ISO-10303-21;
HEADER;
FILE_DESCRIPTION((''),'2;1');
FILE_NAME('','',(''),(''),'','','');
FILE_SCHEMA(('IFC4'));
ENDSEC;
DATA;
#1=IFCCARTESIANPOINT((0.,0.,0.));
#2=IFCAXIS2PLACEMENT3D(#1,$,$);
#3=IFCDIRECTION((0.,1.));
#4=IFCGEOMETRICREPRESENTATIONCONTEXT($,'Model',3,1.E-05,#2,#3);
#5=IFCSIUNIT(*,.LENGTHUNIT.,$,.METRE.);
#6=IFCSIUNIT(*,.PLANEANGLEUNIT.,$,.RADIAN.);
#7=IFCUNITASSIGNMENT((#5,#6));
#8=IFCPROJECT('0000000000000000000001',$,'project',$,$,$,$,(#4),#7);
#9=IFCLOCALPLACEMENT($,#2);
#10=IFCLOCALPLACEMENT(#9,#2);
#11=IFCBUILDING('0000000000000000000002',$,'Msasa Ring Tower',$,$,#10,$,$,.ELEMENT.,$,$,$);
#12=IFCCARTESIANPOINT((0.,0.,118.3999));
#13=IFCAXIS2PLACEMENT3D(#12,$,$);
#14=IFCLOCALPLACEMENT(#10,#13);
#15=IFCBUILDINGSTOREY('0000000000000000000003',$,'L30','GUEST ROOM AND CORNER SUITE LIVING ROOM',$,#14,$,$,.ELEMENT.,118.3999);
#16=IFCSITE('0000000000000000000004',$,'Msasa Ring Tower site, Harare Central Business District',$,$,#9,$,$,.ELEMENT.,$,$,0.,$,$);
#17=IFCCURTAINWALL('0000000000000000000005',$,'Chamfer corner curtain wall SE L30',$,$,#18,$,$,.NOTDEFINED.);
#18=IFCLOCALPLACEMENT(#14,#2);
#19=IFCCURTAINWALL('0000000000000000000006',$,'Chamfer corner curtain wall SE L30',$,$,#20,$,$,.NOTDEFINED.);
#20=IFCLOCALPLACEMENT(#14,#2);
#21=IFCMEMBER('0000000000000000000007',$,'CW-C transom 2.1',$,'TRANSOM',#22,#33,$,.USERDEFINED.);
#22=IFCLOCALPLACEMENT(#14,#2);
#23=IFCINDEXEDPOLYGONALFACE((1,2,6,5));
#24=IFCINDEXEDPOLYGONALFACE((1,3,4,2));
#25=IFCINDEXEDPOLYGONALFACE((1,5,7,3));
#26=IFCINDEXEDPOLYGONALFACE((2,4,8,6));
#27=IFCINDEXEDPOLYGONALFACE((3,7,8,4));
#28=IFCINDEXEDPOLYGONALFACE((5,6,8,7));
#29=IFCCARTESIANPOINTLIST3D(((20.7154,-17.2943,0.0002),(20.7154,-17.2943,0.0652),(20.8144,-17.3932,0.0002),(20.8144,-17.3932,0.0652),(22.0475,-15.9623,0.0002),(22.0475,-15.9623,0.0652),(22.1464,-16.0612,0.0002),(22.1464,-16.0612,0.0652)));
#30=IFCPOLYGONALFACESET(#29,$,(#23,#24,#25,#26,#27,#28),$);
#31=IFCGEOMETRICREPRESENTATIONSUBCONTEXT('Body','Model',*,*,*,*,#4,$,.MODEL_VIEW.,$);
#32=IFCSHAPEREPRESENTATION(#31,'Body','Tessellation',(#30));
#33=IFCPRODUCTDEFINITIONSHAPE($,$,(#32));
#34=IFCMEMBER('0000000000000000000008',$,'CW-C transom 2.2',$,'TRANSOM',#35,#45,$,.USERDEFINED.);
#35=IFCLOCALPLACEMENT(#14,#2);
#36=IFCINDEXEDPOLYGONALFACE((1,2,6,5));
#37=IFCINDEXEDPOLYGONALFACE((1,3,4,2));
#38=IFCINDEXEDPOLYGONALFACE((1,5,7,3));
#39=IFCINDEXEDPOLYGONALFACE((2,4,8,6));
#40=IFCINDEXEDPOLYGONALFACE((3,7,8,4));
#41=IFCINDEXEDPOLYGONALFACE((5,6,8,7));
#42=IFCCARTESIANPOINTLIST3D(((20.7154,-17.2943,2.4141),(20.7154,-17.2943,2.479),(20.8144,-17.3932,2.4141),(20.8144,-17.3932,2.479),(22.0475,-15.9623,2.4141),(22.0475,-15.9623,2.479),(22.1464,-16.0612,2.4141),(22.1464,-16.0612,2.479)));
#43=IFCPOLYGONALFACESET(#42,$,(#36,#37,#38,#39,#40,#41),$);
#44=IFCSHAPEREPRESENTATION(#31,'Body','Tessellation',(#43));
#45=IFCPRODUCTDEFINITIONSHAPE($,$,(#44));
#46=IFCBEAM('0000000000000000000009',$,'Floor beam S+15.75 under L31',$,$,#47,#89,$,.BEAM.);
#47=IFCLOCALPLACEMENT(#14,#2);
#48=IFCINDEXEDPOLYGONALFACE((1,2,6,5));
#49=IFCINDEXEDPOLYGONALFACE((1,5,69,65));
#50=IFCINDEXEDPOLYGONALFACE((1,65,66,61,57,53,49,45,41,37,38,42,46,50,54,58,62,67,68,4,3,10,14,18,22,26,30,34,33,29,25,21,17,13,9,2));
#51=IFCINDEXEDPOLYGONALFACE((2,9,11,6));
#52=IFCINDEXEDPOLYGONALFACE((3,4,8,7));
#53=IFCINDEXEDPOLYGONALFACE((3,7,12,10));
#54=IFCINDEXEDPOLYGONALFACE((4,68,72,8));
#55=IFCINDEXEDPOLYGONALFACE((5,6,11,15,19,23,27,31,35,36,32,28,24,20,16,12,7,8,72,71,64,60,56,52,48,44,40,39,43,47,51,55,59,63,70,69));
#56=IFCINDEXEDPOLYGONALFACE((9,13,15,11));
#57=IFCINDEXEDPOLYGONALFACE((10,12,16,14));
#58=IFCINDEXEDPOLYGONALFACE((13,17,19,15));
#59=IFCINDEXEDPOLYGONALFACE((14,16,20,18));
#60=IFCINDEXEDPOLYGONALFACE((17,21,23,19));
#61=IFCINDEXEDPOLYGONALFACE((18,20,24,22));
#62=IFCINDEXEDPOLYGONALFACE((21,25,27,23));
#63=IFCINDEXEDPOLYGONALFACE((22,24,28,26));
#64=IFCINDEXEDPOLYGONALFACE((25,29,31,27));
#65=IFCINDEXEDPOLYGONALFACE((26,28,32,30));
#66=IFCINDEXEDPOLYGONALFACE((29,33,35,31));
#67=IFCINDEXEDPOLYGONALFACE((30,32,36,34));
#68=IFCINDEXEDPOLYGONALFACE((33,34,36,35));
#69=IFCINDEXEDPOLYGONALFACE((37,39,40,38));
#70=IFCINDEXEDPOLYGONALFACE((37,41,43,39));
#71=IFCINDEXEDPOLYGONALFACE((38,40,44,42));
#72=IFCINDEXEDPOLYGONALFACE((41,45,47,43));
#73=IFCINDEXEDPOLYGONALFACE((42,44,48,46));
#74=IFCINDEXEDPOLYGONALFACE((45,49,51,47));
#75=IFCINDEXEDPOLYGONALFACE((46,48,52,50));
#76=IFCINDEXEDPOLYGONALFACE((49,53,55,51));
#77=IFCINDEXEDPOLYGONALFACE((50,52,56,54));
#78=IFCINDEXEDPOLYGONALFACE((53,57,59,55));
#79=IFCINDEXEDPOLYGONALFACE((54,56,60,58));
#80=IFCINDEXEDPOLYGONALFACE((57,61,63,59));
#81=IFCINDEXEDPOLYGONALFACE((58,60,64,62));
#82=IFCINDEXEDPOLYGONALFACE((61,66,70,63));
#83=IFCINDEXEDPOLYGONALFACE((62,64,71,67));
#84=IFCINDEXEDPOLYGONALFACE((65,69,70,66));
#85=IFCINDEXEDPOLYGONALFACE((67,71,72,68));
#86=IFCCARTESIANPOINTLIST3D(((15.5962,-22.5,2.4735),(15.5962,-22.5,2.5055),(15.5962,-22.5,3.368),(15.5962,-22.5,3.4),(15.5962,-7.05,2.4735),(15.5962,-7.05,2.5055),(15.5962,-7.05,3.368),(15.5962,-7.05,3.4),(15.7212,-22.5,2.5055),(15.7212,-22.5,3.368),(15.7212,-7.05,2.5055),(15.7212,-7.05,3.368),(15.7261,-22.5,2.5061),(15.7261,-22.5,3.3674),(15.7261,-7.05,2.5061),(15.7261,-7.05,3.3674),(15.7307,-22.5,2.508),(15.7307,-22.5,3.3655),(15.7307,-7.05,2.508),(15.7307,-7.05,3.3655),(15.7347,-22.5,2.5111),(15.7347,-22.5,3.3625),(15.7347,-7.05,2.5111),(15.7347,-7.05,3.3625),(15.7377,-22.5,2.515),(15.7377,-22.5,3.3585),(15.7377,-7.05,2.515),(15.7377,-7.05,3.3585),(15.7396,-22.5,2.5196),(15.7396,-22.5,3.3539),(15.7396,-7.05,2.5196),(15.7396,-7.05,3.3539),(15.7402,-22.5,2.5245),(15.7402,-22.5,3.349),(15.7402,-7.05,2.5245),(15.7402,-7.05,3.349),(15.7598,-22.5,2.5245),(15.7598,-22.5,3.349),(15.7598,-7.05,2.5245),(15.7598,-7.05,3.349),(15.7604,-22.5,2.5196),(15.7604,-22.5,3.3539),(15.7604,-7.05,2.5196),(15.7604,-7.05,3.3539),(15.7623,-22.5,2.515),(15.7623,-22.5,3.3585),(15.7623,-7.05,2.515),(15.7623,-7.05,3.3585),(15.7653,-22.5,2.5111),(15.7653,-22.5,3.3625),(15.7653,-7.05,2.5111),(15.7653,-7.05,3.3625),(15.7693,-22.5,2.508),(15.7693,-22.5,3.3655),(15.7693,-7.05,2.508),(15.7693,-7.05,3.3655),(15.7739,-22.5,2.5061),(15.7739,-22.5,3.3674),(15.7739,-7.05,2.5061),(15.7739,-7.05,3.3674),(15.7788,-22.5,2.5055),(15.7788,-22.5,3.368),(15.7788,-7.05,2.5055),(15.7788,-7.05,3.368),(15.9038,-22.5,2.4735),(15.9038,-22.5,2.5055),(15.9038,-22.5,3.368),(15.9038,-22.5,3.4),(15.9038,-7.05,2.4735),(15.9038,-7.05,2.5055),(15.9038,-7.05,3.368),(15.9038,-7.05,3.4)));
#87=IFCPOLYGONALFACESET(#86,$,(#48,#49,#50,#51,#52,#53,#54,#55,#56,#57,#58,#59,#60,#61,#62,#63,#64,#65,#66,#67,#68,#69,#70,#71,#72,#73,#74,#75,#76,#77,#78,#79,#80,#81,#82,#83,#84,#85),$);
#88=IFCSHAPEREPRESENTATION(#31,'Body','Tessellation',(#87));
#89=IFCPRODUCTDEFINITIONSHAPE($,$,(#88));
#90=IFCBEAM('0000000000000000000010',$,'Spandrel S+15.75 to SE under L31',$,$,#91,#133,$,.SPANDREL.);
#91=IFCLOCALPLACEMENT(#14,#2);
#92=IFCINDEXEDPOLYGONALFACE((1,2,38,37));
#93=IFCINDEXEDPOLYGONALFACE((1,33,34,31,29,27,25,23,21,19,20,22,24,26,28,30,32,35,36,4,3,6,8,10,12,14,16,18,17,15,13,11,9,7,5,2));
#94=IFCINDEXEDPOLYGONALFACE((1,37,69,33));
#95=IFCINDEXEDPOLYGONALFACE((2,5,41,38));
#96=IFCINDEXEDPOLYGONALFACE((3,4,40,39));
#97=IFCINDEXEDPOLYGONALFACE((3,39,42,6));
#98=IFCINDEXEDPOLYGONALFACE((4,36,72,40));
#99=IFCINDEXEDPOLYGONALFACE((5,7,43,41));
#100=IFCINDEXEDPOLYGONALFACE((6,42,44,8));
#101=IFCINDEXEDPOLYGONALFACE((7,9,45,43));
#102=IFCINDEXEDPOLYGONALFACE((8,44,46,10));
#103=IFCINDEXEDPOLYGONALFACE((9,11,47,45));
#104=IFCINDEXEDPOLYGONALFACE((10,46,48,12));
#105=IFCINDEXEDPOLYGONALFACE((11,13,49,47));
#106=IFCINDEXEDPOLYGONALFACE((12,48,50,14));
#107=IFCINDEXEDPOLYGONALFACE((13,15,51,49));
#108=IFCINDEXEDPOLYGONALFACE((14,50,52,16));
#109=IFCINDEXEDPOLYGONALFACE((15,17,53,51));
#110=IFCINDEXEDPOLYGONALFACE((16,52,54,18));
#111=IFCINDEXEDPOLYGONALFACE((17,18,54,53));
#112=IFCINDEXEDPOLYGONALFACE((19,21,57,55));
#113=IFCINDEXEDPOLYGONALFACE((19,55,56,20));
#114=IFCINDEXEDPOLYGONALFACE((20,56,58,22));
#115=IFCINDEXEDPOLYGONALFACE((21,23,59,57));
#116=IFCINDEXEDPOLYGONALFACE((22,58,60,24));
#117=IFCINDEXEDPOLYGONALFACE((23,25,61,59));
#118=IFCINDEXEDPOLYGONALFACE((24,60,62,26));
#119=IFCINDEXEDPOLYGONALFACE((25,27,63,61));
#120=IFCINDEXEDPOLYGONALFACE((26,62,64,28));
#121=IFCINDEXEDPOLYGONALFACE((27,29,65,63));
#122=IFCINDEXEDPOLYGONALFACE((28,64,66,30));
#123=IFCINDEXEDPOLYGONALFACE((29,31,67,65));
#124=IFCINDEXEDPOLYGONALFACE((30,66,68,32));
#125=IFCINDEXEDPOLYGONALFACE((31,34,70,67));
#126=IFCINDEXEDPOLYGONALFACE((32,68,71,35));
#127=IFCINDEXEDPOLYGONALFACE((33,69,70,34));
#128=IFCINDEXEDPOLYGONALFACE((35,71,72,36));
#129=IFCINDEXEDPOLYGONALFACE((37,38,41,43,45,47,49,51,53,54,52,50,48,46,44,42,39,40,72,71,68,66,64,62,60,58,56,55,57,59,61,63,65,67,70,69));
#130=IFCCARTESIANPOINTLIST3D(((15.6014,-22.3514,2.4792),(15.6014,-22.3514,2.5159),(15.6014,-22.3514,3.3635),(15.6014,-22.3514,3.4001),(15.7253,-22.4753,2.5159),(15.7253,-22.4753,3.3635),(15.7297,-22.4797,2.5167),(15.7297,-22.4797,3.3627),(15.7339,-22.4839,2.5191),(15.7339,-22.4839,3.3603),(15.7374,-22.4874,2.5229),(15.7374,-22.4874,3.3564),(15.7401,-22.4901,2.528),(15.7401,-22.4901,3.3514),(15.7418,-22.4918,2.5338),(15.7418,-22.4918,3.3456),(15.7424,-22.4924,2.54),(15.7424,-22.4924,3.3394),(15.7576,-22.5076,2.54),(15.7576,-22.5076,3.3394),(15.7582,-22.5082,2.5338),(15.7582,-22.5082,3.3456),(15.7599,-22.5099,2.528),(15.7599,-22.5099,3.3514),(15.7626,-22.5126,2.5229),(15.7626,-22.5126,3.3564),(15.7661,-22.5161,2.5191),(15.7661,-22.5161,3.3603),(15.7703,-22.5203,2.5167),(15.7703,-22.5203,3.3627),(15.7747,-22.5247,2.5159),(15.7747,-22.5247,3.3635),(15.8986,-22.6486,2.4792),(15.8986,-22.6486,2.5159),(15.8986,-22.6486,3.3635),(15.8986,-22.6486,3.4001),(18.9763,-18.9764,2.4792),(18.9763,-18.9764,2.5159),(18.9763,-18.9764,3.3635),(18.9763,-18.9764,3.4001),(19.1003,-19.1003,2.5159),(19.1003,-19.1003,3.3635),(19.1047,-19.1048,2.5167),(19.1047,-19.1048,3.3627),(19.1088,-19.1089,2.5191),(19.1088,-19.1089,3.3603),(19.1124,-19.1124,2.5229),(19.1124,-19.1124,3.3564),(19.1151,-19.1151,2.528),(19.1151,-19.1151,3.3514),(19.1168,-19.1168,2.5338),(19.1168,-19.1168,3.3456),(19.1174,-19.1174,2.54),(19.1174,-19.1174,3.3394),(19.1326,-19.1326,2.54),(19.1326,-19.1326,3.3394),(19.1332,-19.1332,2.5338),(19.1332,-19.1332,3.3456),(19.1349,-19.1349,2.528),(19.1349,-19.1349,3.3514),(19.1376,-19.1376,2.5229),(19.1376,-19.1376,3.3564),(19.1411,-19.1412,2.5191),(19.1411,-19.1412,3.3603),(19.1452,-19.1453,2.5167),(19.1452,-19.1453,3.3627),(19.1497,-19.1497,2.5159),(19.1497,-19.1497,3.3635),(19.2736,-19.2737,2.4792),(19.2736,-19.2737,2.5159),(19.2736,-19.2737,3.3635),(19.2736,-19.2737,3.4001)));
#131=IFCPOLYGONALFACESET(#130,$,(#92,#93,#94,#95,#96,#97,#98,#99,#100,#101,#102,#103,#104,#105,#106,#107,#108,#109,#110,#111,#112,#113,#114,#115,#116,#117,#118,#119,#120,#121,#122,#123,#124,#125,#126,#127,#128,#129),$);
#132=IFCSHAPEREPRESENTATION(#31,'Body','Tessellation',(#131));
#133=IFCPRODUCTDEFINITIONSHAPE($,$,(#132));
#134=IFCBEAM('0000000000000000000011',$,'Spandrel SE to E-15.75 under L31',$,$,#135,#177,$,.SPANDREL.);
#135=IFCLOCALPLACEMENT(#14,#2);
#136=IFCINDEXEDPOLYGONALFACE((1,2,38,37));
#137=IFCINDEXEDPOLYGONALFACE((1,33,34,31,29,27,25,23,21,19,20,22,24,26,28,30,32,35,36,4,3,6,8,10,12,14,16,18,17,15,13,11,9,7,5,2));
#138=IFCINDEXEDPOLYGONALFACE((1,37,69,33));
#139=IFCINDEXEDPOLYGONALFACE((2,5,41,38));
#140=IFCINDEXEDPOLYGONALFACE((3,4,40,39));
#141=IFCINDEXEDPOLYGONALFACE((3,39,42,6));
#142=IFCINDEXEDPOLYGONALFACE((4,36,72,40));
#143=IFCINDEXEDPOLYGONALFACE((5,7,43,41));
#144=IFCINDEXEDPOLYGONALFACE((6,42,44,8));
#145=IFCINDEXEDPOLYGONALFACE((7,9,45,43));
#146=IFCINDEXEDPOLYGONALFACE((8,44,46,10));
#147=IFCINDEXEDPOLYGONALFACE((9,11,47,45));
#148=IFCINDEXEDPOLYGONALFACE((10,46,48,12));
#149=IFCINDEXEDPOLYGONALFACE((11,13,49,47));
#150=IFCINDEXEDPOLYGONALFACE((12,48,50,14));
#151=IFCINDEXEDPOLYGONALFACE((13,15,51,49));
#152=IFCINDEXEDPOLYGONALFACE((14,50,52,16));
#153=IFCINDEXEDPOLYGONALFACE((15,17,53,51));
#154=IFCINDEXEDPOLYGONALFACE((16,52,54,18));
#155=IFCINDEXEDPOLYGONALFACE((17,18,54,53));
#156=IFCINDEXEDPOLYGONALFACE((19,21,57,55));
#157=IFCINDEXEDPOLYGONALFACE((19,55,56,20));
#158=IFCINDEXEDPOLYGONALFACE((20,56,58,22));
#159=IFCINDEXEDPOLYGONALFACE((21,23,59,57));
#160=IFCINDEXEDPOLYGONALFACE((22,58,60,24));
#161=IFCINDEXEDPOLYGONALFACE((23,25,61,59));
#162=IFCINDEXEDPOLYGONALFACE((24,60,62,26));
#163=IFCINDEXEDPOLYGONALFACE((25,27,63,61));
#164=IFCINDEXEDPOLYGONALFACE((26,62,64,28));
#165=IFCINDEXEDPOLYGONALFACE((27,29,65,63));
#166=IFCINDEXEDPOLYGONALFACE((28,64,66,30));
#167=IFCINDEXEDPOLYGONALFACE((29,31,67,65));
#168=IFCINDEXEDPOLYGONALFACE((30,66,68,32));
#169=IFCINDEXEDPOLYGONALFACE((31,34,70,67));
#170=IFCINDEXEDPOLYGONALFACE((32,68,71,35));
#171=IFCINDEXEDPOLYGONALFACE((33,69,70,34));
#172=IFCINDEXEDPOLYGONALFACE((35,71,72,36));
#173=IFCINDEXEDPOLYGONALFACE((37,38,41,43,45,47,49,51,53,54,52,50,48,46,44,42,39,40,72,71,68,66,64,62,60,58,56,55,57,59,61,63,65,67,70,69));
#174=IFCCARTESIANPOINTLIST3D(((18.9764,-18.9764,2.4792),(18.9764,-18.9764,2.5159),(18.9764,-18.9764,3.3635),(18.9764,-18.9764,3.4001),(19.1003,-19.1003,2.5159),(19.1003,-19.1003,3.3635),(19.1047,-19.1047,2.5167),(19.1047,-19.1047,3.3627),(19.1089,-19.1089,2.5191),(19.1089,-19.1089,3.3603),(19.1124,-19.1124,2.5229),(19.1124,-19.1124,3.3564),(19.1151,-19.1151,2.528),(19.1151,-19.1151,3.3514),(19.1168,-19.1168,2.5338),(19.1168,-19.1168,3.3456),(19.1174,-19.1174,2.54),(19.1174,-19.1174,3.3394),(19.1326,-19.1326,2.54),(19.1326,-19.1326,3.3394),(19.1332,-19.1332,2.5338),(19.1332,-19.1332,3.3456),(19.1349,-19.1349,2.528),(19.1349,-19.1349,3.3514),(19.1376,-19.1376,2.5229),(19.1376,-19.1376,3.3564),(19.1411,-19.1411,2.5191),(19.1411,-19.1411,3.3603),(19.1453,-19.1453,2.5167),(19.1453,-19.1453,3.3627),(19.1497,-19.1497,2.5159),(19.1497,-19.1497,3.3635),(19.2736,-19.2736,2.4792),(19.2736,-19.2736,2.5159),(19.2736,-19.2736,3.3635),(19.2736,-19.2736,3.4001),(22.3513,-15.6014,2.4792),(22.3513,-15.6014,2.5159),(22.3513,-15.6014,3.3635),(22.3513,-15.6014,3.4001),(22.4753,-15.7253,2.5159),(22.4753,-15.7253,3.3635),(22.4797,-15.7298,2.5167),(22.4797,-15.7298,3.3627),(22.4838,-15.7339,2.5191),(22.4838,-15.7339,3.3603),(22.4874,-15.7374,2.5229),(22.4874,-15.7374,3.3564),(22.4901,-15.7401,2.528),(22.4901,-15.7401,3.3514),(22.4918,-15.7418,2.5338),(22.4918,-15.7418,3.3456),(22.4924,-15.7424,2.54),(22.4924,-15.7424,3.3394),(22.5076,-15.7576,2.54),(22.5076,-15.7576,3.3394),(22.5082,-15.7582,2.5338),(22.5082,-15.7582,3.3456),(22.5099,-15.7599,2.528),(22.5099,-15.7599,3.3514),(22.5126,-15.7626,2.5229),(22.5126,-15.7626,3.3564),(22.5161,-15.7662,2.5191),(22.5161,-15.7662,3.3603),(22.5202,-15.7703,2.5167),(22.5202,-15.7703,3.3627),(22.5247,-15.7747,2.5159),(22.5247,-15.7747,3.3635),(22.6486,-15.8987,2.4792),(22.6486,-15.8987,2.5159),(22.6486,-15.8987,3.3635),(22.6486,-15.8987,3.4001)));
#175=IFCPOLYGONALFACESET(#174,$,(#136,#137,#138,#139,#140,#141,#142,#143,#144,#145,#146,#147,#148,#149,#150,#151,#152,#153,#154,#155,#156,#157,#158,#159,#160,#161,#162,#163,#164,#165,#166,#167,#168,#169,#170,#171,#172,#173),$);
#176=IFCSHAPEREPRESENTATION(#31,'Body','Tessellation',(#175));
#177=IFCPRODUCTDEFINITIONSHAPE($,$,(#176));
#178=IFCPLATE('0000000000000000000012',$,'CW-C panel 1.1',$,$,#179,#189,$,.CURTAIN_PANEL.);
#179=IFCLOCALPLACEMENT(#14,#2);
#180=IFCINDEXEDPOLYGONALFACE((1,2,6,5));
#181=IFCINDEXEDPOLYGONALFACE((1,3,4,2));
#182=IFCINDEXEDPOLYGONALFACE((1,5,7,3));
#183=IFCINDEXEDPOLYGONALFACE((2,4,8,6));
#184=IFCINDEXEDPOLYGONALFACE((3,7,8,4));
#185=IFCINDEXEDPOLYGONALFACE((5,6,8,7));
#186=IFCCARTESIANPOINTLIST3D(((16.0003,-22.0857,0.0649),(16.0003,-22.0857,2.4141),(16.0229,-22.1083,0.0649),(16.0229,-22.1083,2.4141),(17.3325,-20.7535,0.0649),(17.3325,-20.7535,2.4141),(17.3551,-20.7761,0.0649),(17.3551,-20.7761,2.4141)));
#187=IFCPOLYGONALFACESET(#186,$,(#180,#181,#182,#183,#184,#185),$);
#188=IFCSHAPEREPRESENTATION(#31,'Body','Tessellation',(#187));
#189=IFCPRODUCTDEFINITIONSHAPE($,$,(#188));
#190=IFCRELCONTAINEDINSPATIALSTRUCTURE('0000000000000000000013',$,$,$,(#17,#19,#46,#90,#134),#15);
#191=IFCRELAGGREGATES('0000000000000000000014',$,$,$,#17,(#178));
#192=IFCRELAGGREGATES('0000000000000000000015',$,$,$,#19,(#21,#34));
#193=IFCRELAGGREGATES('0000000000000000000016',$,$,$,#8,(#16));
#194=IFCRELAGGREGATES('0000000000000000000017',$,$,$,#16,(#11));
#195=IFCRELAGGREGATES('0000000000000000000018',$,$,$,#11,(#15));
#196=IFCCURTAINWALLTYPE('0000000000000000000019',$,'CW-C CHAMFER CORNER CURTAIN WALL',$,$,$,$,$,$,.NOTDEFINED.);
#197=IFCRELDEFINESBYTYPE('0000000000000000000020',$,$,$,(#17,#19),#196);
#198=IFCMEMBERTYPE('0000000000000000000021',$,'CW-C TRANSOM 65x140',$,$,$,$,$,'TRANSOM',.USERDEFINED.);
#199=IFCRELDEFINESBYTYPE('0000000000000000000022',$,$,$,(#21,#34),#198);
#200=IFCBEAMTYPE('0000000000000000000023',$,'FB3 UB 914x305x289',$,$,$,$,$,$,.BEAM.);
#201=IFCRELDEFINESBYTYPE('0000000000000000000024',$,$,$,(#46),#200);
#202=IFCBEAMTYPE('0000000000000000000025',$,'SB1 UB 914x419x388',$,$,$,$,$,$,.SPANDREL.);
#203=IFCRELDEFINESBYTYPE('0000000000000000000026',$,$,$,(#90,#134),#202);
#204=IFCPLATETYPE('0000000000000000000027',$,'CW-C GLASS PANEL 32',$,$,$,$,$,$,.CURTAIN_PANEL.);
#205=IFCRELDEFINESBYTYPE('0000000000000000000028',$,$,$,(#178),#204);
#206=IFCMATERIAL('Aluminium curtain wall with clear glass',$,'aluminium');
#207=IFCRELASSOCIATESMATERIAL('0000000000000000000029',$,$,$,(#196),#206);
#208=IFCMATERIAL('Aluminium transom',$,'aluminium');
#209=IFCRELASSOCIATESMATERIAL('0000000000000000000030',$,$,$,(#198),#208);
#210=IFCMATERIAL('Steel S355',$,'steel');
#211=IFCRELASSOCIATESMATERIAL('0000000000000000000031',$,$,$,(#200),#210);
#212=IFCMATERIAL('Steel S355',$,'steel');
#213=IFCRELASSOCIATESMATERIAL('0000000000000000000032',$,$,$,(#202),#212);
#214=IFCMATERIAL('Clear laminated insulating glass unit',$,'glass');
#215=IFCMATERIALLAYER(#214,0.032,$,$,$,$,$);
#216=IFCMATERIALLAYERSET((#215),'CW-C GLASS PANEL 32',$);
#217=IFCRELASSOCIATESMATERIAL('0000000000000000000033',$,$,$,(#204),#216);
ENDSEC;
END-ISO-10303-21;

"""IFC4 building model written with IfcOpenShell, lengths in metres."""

from ifc_helpers import new_model, si_unit, direction, frame, origin, origin_2d, place, context, subcontext, project, spatial, rectangle, i_section, extrude, material, layer, layer_set, material_profile, profile_set, type_object, element, aggregate, save


model = new_model("IFC4")

# Units and contexts
model_context = context("Model", 3, precision=1e-05, world=origin(), true_north=direction((0.0, 1.0)))
body_context = subcontext(model_context, "Body", "Model", "MODEL_VIEW")
ifc_project = project(units=[si_unit("LENGTHUNIT", "METRE"), si_unit("PLANEANGLEUNIT", "RADIAN")], contexts=[model_context])

# Site, building, storey
site_placement = place(None, origin())
site = spatial("IfcSite", under=ifc_project, at=site_placement, Name="Msasa Ring Tower site, Harare Central Business District", CompositionType="ELEMENT", RefElevation=0.0)
building_placement = place(site_placement, origin())
building = spatial("IfcBuilding", under=site, at=building_placement, Name="Msasa Ring Tower", CompositionType="ELEMENT")
storey_placement = place(building_placement, frame((0.0, 0.0, 118.3999)))
storey = spatial("IfcBuildingStorey", under=building, at=storey_placement, Name="L30", Description="GUEST ROOM AND CORNER SUITE LIVING ROOM", CompositionType="ELEMENT", Elevation=118.3999)

# Curtain walls
ifc_material_1 = material(Name="Aluminium curtain wall with clear glass", Category="aluminium")
curtain_wall_type = type_object("IfcCurtainWallType", Name="CW-C CHAMFER CORNER CURTAIN WALL", PredefinedType="NOTDEFINED", material=ifc_material_1)
curtain_wall_1_placement = place(storey_placement, origin())
curtain_wall_1 = element("IfcCurtainWall", 1, at=curtain_wall_1_placement, inside=storey, type_object=curtain_wall_type, Name="Chamfer corner curtain wall SE L30", PredefinedType="NOTDEFINED")
curtain_wall_2_placement = place(storey_placement, origin())
curtain_wall_2 = element("IfcCurtainWall", 2, at=curtain_wall_2_placement, inside=storey, type_object=curtain_wall_type, Name="Chamfer corner curtain wall SE L30", PredefinedType="NOTDEFINED")

# Members
ifc_material_2 = material(Name="Aluminium transom", Category="aluminium")
ifc_material_profile_1 = material_profile(ifc_material_2, rectangle(XDim=0.1399, YDim=0.0649, at=origin_2d()), Name="AL 65x140")
ifc_profile_set_1 = profile_set([ifc_material_profile_1], Name="Aluminium transom")
member_type_1 = type_object("IfcMemberType", Name="CW-C TRANSOM 65x140", ElementType="TRANSOM", PredefinedType="USERDEFINED", material=ifc_profile_set_1)
member_1_placement = place(storey_placement, frame((20.7649, -17.3438, 0.0327), z_axis=(0.707107, 0.707107, 0.0), x_axis=(-0.707107, 0.707107, 0.0)))
member_1 = element("IfcMember", 3, at=member_1_placement, type_object=member_type_1, Name="CW-C transom 2.1", ObjectType="TRANSOM", PredefinedType="USERDEFINED", context=body_context, shape_type="SweptSolid", body=[
    extrude(rectangle(XDim=0.1399, YDim=0.0649, at=origin_2d()), origin(), (0.0, 0.0, 1.0), 1.8838),
])
member_2_placement = place(storey_placement, frame((20.7649, -17.3438, 2.4465), z_axis=(0.707107, 0.707107, 0.0), x_axis=(-0.707107, 0.707107, 0.0)))
member_2 = element("IfcMember", 4, at=member_2_placement, type_object=member_type_1, Name="CW-C transom 2.2", ObjectType="TRANSOM", PredefinedType="USERDEFINED", context=body_context, shape_type="SweptSolid", body=[
    extrude(rectangle(XDim=0.1399, YDim=0.0649, at=origin_2d()), origin(), (0.0, 0.0, 1.0), 1.8838),
])

# Beams
ifc_material_3 = material(Name="Steel S355", Category="steel")
ifc_material_profile_2 = material_profile(ifc_material_3, i_section(OverallWidth=0.3076, OverallDepth=0.9265, WebThickness=0.0195, FlangeThickness=0.032, FilletRadius=0.019, at=origin_2d()), Name="UB 914x305x289")
ifc_profile_set_2 = profile_set([ifc_material_profile_2], Name="Steel S355")
beam_type_1 = type_object("IfcBeamType", Name="FB3 UB 914x305x289", PredefinedType="BEAM", material=ifc_profile_set_2)
beam_placement = place(storey_placement, frame((15.75, -22.5, 2.9368), z_axis=(0.0, 1.0, 0.0), x_axis=(-1.0, 0.0, 0.0)))
element("IfcBeam", 5, at=beam_placement, inside=storey, type_object=beam_type_1, Name="Floor beam S+15.75 under L31", PredefinedType="BEAM", context=body_context, shape_type="SweptSolid", body=[
    extrude(i_section(OverallWidth=0.3076, OverallDepth=0.9265, WebThickness=0.0195, FlangeThickness=0.032, FilletRadius=0.019, at=origin_2d()), origin(), (0.0, 0.0, 1.0), 15.45),
])
ifc_material_4 = material(Name="Steel S355", Category="steel")
ifc_material_profile_3 = material_profile(ifc_material_4, i_section(OverallWidth=0.4204, OverallDepth=0.9209, WebThickness=0.0215, FlangeThickness=0.0366, FilletRadius=0.0242, at=origin_2d()), Name="UB 914x419x388")
ifc_profile_set_3 = profile_set([ifc_material_profile_3], Name="Steel S355")
beam_type_2 = type_object("IfcBeamType", Name="SB1 UB 914x419x388", PredefinedType="SPANDREL", material=ifc_profile_set_3)
for number, where, z_axis, x_axis, name in (
    (6, (15.75, -22.5, 2.9397), (0.707107, 0.707107, 0.0), (-0.707107, 0.707107, 0.0), "Spandrel S+15.75 to SE under L31"),
    (7, (19.125, -19.125, 2.9397), (0.707107, 0.707107, 0.0), (-0.707107, 0.707107, 0.0), "Spandrel SE to E-15.75 under L31"),
):
    element("IfcBeam", number, at=place(storey_placement, frame(where, z_axis=z_axis, x_axis=x_axis)), inside=storey, type_object=beam_type_2, Name=name, PredefinedType="SPANDREL", context=body_context, shape_type="SweptSolid", body=[
        extrude(i_section(OverallWidth=0.4204, OverallDepth=0.9209, WebThickness=0.0215, FlangeThickness=0.0366, FilletRadius=0.0242, at=origin_2d()), origin(), (0.0, 0.0, 1.0), 4.7729),
    ])

# Plate
ifc_material_5 = material(Name="Clear laminated insulating glass unit", Category="glass")
ifc_layer_1 = layer(ifc_material_5, 0.032)
ifc_layer_set_1 = layer_set([ifc_layer_1], Name="CW-C GLASS PANEL 32")
plate_type = type_object("IfcPlateType", Name="CW-C GLASS PANEL 32", PredefinedType="CURTAIN_PANEL", material=ifc_layer_set_1)
plate_1_placement = place(storey_placement, frame((16.6777, -21.4309, 0.0649), z_axis=(0.0, 0.0, 1.0), x_axis=(0.707107, 0.707107, 0.0)))
plate_1 = element("IfcPlate", 8, at=plate_1_placement, type_object=plate_type, Name="CW-C panel 1.1", PredefinedType="CURTAIN_PANEL", context=body_context, shape_type="SweptSolid", body=[
    extrude(rectangle(XDim=1.884, YDim=0.032, at=origin_2d()), origin(), (0.0, 0.0, 1.0), 2.3491),
])
aggregate(curtain_wall_1, [plate_1])
aggregate(curtain_wall_2, [member_1, member_2])

save(model, "model.ifc")
